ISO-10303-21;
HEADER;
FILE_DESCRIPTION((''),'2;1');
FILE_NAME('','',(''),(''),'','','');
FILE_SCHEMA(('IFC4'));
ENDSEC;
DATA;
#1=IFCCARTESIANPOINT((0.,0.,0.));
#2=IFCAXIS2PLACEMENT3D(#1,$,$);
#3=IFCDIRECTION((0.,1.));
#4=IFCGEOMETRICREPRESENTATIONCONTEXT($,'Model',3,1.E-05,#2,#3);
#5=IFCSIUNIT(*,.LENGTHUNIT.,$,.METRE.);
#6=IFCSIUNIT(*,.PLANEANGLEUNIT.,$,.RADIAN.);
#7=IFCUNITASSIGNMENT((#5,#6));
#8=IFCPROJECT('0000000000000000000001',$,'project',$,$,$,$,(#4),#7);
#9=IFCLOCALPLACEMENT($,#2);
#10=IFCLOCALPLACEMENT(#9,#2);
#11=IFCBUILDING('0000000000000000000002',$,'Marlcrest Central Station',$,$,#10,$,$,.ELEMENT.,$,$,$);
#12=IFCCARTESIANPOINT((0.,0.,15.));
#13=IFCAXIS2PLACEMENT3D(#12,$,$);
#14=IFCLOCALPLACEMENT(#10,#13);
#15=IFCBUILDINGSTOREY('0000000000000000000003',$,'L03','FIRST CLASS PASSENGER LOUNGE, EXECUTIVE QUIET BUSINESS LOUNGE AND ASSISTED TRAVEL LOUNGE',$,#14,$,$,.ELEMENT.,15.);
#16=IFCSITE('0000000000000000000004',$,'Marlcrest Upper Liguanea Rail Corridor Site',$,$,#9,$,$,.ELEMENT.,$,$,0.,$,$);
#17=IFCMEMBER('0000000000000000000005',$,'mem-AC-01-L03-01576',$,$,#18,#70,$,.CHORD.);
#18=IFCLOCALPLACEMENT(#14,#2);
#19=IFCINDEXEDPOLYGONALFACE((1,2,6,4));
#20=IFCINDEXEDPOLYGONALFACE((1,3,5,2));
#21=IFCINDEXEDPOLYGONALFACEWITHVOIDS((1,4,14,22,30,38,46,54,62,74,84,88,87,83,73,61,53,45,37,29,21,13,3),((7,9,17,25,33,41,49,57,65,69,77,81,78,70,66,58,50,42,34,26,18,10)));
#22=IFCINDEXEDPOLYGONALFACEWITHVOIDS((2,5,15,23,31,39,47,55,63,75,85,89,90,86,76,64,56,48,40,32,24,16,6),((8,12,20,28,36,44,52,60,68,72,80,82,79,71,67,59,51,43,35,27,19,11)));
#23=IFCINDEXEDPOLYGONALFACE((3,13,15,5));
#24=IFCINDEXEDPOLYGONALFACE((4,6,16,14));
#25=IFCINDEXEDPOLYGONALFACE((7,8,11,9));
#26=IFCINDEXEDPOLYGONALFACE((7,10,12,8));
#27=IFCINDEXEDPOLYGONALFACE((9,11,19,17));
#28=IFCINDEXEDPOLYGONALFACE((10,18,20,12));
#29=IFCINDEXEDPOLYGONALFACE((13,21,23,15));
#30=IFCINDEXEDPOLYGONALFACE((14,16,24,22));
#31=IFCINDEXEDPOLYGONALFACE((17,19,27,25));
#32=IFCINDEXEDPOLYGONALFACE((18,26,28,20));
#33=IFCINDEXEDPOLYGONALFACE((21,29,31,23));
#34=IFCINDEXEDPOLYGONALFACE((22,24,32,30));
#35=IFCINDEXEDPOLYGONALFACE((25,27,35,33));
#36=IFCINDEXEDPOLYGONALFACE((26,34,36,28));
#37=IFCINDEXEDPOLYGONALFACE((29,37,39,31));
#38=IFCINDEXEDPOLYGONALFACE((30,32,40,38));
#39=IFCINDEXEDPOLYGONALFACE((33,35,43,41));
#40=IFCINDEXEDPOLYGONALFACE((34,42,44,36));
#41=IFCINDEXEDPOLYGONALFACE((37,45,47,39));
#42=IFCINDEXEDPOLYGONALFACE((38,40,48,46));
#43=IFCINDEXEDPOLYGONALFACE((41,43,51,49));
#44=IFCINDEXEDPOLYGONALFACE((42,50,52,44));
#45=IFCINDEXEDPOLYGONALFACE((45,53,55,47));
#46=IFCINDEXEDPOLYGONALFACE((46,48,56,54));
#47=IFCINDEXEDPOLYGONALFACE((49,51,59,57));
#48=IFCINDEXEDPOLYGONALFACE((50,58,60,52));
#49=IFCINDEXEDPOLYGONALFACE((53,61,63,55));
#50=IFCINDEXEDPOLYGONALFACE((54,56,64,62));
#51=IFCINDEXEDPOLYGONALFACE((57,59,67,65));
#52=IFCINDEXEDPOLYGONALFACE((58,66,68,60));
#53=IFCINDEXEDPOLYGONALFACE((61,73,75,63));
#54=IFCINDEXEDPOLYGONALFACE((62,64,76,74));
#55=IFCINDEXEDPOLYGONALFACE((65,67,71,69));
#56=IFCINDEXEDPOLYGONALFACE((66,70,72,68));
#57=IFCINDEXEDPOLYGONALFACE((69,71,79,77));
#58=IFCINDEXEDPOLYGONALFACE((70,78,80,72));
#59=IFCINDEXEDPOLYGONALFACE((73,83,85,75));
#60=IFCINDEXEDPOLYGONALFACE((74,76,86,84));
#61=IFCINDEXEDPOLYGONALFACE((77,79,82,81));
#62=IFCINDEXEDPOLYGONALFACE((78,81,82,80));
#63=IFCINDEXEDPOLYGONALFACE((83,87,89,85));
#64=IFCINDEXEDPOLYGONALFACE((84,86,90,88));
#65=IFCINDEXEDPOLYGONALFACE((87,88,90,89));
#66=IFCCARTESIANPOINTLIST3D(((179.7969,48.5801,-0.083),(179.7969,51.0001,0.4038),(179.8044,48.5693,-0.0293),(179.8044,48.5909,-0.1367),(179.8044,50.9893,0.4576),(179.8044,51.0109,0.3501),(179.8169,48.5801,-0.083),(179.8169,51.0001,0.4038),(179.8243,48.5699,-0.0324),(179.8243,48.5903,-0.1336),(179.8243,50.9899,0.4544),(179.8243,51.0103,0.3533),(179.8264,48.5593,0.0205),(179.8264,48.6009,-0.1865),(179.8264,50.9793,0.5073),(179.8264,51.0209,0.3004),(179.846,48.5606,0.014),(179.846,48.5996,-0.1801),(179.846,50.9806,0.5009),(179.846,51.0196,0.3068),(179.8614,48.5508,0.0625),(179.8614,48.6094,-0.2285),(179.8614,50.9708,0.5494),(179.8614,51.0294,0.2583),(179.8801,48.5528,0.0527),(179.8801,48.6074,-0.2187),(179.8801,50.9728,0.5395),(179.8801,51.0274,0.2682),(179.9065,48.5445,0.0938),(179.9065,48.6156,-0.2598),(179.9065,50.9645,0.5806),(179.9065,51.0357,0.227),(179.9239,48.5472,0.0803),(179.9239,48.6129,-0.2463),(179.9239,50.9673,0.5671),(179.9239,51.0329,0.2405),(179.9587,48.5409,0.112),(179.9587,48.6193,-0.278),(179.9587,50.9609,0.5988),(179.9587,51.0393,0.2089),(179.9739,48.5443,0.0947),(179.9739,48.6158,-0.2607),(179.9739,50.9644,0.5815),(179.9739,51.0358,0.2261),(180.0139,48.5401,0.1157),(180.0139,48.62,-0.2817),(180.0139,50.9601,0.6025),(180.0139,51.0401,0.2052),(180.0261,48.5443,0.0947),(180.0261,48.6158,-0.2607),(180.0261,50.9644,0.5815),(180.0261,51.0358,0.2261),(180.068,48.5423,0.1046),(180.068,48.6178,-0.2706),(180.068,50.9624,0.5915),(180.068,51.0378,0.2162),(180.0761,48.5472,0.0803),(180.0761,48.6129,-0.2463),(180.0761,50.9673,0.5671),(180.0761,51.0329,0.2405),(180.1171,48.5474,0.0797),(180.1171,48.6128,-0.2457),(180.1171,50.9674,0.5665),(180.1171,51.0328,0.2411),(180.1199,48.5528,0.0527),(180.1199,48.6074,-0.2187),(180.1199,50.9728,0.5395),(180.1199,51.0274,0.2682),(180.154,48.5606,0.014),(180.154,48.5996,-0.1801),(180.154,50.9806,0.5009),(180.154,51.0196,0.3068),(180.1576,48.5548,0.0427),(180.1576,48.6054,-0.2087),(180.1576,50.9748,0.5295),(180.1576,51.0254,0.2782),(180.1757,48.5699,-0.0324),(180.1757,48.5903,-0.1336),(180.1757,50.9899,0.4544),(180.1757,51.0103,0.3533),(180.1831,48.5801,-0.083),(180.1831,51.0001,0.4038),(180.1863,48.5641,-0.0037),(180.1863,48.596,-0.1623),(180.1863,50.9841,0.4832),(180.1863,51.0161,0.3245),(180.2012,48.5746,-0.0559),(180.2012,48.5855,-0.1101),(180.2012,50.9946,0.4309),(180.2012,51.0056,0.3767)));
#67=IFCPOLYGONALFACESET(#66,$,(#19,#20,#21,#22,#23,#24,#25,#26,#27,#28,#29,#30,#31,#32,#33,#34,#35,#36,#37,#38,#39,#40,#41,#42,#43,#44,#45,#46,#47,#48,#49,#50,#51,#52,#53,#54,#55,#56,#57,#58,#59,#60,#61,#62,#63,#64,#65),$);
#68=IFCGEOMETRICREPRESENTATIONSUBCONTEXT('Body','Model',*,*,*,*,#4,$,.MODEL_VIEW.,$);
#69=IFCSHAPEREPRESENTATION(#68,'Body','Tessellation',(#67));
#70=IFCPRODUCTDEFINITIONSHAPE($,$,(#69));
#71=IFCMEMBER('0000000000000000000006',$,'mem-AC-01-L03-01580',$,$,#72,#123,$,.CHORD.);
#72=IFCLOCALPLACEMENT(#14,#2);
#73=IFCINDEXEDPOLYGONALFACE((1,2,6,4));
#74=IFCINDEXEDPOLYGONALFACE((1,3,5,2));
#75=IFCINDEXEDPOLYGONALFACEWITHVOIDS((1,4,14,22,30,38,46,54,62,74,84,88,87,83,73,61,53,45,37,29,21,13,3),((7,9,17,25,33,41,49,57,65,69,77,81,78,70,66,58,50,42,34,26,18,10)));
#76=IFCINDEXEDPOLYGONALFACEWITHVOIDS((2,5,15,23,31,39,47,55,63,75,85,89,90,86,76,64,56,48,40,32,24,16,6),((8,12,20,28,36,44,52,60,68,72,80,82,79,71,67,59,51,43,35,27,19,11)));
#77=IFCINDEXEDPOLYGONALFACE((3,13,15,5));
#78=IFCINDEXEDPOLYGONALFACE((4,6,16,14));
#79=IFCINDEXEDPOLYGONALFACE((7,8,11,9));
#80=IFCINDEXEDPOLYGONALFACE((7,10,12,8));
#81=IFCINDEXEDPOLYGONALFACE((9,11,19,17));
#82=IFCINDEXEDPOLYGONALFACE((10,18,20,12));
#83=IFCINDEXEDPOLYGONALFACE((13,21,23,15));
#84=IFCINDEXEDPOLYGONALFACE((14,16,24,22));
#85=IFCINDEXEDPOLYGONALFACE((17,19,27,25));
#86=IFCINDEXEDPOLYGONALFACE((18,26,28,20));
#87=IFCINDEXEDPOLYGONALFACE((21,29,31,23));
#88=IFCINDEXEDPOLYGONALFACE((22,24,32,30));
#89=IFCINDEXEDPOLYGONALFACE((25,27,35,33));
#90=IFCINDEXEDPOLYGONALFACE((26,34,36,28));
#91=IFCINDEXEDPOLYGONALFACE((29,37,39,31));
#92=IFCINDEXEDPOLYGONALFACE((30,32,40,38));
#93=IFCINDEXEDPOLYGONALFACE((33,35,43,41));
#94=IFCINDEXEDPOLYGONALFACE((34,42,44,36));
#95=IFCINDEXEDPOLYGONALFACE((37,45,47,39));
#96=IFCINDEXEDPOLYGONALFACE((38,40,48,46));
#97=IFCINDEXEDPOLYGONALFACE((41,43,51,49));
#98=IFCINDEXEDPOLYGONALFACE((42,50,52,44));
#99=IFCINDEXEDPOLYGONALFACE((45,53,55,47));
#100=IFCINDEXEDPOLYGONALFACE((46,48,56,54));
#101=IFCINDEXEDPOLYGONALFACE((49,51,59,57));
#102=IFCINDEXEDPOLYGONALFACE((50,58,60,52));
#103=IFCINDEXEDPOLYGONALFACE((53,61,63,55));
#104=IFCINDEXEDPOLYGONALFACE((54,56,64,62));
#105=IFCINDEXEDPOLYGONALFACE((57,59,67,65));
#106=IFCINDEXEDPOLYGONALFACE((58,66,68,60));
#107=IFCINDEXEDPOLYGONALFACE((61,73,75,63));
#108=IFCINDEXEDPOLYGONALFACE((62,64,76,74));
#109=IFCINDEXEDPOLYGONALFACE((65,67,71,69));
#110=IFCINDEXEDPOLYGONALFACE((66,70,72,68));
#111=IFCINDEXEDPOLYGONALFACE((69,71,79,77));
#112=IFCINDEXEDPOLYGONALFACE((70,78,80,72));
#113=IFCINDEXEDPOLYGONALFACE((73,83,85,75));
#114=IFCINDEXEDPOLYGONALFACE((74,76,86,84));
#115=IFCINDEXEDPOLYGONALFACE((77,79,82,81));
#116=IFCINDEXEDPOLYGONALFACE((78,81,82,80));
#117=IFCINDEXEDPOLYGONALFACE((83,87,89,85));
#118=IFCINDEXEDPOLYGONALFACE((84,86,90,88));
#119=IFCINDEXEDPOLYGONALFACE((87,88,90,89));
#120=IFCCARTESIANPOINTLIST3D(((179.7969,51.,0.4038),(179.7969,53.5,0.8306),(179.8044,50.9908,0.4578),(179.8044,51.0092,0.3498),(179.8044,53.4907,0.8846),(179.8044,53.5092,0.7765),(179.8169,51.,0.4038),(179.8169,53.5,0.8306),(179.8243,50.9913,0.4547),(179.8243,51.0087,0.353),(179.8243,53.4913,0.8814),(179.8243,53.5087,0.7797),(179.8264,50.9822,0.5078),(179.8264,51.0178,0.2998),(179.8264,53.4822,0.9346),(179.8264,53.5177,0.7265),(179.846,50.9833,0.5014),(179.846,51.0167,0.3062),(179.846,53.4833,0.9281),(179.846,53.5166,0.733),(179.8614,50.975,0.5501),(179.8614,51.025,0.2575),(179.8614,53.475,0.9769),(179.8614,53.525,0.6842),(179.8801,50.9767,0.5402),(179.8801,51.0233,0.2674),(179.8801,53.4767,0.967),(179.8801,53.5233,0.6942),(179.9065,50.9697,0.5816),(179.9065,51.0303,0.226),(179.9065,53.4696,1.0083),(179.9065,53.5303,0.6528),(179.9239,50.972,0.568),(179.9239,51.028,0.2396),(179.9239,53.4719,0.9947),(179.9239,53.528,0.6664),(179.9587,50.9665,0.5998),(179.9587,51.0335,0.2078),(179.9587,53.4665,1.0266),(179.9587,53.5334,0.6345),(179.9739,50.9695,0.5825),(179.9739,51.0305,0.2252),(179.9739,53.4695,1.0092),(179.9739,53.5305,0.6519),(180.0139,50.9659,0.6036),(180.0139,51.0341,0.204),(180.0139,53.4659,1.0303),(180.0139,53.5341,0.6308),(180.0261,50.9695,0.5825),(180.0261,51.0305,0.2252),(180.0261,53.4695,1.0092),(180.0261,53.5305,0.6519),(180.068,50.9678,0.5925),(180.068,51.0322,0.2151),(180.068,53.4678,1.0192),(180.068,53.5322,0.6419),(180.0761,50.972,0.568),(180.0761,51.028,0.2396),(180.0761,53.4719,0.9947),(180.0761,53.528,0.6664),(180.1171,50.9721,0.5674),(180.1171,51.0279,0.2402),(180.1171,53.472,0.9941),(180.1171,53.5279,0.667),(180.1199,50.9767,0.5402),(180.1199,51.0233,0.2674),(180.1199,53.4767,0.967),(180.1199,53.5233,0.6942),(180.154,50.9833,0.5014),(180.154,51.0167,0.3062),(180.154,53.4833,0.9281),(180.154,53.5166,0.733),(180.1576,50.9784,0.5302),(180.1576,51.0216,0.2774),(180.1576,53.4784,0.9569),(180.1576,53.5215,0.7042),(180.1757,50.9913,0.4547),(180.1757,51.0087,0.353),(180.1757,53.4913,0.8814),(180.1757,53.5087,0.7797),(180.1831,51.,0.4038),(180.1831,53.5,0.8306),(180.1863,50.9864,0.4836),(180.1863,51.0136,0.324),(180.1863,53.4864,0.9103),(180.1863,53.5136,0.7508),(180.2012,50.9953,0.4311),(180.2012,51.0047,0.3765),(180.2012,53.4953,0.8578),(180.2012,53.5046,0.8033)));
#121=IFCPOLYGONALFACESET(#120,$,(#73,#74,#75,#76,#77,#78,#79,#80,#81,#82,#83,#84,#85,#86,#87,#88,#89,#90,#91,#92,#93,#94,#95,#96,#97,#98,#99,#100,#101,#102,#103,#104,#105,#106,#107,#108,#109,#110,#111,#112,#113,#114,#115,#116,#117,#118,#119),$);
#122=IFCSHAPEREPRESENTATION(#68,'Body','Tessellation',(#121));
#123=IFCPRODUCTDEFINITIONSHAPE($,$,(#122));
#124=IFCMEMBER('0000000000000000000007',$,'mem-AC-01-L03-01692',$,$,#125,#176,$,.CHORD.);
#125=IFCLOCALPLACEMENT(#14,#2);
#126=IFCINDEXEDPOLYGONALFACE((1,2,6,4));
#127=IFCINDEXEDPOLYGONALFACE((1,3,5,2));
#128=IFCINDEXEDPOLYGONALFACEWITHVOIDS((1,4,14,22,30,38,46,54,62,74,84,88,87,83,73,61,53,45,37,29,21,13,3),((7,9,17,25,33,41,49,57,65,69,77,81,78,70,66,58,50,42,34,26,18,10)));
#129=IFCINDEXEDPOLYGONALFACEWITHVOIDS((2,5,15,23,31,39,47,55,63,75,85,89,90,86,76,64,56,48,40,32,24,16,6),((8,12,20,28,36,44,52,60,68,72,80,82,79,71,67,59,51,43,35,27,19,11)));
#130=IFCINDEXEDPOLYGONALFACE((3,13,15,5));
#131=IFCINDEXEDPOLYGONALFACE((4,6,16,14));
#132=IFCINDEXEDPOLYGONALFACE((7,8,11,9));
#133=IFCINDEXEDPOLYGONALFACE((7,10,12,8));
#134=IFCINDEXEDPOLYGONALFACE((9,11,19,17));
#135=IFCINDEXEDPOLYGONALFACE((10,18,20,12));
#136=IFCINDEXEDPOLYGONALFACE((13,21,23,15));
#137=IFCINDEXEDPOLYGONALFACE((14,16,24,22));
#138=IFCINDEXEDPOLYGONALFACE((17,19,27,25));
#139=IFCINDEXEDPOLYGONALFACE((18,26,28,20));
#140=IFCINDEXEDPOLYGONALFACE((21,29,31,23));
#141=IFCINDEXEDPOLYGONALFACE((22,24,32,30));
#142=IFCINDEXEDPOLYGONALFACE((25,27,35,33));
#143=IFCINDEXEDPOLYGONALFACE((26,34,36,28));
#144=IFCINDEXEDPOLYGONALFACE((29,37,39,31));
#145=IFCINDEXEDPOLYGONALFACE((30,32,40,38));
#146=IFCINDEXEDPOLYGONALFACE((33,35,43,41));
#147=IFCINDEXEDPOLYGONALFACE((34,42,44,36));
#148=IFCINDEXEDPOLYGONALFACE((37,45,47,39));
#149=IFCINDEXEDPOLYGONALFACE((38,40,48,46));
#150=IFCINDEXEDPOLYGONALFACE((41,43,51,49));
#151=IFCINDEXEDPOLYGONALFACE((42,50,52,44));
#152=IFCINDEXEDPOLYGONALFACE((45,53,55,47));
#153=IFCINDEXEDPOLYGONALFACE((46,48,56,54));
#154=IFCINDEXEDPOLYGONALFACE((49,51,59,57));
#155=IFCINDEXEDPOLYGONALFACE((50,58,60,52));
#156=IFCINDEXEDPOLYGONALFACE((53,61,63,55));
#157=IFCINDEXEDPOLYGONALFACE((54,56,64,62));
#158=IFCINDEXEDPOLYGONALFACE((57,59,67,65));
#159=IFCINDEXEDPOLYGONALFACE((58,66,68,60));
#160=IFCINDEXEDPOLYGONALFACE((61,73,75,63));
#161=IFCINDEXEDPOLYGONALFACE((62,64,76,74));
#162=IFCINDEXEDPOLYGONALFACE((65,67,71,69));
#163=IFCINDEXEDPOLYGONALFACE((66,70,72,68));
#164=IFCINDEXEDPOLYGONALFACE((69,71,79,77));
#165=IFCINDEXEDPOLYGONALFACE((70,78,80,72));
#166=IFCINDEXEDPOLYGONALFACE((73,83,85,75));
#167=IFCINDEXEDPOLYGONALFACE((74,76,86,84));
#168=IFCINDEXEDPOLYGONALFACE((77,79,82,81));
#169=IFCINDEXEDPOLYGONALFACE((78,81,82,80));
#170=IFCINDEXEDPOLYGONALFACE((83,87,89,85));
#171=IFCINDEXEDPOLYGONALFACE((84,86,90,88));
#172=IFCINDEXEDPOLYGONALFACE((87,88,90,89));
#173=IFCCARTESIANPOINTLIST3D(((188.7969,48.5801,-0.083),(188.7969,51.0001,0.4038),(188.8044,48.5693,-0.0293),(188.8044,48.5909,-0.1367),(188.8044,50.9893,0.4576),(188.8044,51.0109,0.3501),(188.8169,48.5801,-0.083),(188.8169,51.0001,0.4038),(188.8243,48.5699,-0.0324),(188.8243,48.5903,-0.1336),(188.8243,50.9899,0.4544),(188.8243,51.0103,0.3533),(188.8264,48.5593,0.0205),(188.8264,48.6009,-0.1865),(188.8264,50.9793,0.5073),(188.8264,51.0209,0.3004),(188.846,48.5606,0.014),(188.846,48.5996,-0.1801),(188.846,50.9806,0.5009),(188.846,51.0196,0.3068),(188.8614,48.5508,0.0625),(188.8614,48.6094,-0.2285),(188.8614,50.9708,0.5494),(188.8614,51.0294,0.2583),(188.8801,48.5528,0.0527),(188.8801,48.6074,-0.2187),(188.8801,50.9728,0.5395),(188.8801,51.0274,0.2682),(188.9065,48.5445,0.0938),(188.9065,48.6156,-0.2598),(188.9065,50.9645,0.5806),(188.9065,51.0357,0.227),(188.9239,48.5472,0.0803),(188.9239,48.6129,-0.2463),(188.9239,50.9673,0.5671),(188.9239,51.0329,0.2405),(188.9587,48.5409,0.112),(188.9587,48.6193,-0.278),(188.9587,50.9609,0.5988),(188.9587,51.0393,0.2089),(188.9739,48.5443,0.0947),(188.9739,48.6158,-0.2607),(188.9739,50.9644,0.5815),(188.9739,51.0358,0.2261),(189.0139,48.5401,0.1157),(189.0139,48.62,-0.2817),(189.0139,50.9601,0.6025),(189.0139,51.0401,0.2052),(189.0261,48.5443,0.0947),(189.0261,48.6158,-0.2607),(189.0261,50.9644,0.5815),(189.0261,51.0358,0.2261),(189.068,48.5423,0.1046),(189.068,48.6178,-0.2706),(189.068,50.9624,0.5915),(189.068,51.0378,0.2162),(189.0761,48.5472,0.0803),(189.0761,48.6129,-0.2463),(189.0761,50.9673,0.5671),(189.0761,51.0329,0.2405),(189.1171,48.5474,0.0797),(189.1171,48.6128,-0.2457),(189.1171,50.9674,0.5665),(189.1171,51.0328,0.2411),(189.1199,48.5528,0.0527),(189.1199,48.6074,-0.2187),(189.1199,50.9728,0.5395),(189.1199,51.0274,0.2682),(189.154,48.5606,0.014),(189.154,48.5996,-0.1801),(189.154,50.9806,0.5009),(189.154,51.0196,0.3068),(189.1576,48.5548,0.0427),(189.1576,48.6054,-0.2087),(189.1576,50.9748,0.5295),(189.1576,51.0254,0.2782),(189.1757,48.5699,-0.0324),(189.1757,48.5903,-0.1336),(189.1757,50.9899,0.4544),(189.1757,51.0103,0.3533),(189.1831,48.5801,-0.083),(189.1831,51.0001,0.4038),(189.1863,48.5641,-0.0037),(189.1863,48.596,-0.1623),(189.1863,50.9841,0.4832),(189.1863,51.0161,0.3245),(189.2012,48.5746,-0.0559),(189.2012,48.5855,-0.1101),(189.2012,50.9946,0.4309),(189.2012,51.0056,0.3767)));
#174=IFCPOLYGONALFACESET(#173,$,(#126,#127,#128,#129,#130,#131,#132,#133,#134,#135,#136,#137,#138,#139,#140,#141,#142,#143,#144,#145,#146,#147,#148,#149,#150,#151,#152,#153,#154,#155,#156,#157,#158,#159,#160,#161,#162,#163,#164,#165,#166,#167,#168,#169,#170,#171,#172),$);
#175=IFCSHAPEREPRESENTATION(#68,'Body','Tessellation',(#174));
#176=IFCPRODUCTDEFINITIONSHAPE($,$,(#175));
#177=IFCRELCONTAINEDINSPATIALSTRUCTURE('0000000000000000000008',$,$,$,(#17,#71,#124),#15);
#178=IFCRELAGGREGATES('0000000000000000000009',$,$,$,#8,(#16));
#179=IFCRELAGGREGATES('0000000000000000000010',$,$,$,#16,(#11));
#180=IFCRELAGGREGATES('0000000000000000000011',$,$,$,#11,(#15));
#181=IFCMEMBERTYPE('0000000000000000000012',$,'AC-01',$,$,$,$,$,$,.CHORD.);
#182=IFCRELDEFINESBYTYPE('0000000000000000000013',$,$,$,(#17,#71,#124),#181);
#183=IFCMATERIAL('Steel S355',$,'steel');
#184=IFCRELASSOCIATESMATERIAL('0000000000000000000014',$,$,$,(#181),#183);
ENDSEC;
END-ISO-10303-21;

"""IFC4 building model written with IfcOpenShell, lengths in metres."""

from ifc_helpers import new_model, si_unit, direction, frame, origin, origin_2d, place, context, subcontext, project, spatial, hollow_circle, extrude, material, material_profile, profile_set, type_object, element, save


model = new_model("IFC4")

# Units and contexts
model_context = context("Model", 3, precision=1e-05, world=origin(), true_north=direction((0.0, 1.0)))
body_context = subcontext(model_context, "Body", "Model", "MODEL_VIEW")
ifc_project = project(units=[si_unit("LENGTHUNIT", "METRE"), si_unit("PLANEANGLEUNIT", "RADIAN")], contexts=[model_context])

# Site, building, storey
site_placement = place(None, origin())
site = spatial("IfcSite", under=ifc_project, at=site_placement, Name="Marlcrest Upper Liguanea Rail Corridor Site", CompositionType="ELEMENT", RefElevation=0.0)
building_placement = place(site_placement, origin())
building = spatial("IfcBuilding", under=site, at=building_placement, Name="Marlcrest Central Station", CompositionType="ELEMENT")
storey_placement = place(building_placement, frame((0.0, 0.0, 15.0)))
storey = spatial("IfcBuildingStorey", under=building, at=storey_placement, Name="L03", Description="FIRST CLASS PASSENGER LOUNGE, EXECUTIVE QUIET BUSINESS LOUNGE AND ASSISTED TRAVEL LOUNGE", CompositionType="ELEMENT", Elevation=15.0)

# Members
ifc_material_1 = material(Name="Steel S355", Category="steel")
ifc_material_profile_1 = material_profile(ifc_material_1, hollow_circle(Radius=0.2031, WallThickness=0.02, at=origin_2d()), Name="CHS 406.4x20")
ifc_profile_set_1 = profile_set([ifc_material_profile_1], Name="Steel S355")
member_type_1 = type_object("IfcMemberType", Name="AC-01", PredefinedType="CHORD", material=ifc_profile_set_1)
member_1_placement = place(storey_placement, frame((180.0, 48.5801, -0.083), z_axis=(0.0, 0.980359, 0.197219), x_axis=(-1.0, 0.0, 0.0)))
element("IfcMember", 1, at=member_1_placement, inside=storey, type_object=member_type_1, Name="mem-AC-01-L03-01576", PredefinedType="CHORD", context=body_context, shape_type="SweptSolid", body=[
    extrude(hollow_circle(Radius=0.2031, WallThickness=0.02, at=origin_2d()), origin(), (0.0, 0.0, 1.0), 2.4685),
])
member_2_placement = place(storey_placement, frame((180.0, 51.0, 0.4038), z_axis=(0.0, 0.985741, 0.168269), x_axis=(-1.0, 0.0, 0.0)))
element("IfcMember", 2, at=member_2_placement, inside=storey, type_object=member_type_1, Name="mem-AC-01-L03-01580", PredefinedType="CHORD", context=body_context, shape_type="SweptSolid", body=[
    extrude(hollow_circle(Radius=0.2031, WallThickness=0.02, at=origin_2d()), origin(), (0.0, 0.0, 1.0), 2.5361),
])
for number, where, z_axis, x_axis, name in (
    (3, (189.0, 48.5801, -0.083), (0.0, 0.980359, 0.197219), (-1.0, 0.0, 0.0), "mem-AC-01-L03-01692"),
):
    element("IfcMember", number, at=place(storey_placement, frame(where, z_axis=z_axis, x_axis=x_axis)), inside=storey, type_object=member_type_1, Name=name, PredefinedType="CHORD", context=body_context, shape_type="SweptSolid", body=[
        extrude(hollow_circle(Radius=0.2031, WallThickness=0.02, at=origin_2d()), origin(), (0.0, 0.0, 1.0), 2.4685),
    ])

save(model, "model.ifc")
